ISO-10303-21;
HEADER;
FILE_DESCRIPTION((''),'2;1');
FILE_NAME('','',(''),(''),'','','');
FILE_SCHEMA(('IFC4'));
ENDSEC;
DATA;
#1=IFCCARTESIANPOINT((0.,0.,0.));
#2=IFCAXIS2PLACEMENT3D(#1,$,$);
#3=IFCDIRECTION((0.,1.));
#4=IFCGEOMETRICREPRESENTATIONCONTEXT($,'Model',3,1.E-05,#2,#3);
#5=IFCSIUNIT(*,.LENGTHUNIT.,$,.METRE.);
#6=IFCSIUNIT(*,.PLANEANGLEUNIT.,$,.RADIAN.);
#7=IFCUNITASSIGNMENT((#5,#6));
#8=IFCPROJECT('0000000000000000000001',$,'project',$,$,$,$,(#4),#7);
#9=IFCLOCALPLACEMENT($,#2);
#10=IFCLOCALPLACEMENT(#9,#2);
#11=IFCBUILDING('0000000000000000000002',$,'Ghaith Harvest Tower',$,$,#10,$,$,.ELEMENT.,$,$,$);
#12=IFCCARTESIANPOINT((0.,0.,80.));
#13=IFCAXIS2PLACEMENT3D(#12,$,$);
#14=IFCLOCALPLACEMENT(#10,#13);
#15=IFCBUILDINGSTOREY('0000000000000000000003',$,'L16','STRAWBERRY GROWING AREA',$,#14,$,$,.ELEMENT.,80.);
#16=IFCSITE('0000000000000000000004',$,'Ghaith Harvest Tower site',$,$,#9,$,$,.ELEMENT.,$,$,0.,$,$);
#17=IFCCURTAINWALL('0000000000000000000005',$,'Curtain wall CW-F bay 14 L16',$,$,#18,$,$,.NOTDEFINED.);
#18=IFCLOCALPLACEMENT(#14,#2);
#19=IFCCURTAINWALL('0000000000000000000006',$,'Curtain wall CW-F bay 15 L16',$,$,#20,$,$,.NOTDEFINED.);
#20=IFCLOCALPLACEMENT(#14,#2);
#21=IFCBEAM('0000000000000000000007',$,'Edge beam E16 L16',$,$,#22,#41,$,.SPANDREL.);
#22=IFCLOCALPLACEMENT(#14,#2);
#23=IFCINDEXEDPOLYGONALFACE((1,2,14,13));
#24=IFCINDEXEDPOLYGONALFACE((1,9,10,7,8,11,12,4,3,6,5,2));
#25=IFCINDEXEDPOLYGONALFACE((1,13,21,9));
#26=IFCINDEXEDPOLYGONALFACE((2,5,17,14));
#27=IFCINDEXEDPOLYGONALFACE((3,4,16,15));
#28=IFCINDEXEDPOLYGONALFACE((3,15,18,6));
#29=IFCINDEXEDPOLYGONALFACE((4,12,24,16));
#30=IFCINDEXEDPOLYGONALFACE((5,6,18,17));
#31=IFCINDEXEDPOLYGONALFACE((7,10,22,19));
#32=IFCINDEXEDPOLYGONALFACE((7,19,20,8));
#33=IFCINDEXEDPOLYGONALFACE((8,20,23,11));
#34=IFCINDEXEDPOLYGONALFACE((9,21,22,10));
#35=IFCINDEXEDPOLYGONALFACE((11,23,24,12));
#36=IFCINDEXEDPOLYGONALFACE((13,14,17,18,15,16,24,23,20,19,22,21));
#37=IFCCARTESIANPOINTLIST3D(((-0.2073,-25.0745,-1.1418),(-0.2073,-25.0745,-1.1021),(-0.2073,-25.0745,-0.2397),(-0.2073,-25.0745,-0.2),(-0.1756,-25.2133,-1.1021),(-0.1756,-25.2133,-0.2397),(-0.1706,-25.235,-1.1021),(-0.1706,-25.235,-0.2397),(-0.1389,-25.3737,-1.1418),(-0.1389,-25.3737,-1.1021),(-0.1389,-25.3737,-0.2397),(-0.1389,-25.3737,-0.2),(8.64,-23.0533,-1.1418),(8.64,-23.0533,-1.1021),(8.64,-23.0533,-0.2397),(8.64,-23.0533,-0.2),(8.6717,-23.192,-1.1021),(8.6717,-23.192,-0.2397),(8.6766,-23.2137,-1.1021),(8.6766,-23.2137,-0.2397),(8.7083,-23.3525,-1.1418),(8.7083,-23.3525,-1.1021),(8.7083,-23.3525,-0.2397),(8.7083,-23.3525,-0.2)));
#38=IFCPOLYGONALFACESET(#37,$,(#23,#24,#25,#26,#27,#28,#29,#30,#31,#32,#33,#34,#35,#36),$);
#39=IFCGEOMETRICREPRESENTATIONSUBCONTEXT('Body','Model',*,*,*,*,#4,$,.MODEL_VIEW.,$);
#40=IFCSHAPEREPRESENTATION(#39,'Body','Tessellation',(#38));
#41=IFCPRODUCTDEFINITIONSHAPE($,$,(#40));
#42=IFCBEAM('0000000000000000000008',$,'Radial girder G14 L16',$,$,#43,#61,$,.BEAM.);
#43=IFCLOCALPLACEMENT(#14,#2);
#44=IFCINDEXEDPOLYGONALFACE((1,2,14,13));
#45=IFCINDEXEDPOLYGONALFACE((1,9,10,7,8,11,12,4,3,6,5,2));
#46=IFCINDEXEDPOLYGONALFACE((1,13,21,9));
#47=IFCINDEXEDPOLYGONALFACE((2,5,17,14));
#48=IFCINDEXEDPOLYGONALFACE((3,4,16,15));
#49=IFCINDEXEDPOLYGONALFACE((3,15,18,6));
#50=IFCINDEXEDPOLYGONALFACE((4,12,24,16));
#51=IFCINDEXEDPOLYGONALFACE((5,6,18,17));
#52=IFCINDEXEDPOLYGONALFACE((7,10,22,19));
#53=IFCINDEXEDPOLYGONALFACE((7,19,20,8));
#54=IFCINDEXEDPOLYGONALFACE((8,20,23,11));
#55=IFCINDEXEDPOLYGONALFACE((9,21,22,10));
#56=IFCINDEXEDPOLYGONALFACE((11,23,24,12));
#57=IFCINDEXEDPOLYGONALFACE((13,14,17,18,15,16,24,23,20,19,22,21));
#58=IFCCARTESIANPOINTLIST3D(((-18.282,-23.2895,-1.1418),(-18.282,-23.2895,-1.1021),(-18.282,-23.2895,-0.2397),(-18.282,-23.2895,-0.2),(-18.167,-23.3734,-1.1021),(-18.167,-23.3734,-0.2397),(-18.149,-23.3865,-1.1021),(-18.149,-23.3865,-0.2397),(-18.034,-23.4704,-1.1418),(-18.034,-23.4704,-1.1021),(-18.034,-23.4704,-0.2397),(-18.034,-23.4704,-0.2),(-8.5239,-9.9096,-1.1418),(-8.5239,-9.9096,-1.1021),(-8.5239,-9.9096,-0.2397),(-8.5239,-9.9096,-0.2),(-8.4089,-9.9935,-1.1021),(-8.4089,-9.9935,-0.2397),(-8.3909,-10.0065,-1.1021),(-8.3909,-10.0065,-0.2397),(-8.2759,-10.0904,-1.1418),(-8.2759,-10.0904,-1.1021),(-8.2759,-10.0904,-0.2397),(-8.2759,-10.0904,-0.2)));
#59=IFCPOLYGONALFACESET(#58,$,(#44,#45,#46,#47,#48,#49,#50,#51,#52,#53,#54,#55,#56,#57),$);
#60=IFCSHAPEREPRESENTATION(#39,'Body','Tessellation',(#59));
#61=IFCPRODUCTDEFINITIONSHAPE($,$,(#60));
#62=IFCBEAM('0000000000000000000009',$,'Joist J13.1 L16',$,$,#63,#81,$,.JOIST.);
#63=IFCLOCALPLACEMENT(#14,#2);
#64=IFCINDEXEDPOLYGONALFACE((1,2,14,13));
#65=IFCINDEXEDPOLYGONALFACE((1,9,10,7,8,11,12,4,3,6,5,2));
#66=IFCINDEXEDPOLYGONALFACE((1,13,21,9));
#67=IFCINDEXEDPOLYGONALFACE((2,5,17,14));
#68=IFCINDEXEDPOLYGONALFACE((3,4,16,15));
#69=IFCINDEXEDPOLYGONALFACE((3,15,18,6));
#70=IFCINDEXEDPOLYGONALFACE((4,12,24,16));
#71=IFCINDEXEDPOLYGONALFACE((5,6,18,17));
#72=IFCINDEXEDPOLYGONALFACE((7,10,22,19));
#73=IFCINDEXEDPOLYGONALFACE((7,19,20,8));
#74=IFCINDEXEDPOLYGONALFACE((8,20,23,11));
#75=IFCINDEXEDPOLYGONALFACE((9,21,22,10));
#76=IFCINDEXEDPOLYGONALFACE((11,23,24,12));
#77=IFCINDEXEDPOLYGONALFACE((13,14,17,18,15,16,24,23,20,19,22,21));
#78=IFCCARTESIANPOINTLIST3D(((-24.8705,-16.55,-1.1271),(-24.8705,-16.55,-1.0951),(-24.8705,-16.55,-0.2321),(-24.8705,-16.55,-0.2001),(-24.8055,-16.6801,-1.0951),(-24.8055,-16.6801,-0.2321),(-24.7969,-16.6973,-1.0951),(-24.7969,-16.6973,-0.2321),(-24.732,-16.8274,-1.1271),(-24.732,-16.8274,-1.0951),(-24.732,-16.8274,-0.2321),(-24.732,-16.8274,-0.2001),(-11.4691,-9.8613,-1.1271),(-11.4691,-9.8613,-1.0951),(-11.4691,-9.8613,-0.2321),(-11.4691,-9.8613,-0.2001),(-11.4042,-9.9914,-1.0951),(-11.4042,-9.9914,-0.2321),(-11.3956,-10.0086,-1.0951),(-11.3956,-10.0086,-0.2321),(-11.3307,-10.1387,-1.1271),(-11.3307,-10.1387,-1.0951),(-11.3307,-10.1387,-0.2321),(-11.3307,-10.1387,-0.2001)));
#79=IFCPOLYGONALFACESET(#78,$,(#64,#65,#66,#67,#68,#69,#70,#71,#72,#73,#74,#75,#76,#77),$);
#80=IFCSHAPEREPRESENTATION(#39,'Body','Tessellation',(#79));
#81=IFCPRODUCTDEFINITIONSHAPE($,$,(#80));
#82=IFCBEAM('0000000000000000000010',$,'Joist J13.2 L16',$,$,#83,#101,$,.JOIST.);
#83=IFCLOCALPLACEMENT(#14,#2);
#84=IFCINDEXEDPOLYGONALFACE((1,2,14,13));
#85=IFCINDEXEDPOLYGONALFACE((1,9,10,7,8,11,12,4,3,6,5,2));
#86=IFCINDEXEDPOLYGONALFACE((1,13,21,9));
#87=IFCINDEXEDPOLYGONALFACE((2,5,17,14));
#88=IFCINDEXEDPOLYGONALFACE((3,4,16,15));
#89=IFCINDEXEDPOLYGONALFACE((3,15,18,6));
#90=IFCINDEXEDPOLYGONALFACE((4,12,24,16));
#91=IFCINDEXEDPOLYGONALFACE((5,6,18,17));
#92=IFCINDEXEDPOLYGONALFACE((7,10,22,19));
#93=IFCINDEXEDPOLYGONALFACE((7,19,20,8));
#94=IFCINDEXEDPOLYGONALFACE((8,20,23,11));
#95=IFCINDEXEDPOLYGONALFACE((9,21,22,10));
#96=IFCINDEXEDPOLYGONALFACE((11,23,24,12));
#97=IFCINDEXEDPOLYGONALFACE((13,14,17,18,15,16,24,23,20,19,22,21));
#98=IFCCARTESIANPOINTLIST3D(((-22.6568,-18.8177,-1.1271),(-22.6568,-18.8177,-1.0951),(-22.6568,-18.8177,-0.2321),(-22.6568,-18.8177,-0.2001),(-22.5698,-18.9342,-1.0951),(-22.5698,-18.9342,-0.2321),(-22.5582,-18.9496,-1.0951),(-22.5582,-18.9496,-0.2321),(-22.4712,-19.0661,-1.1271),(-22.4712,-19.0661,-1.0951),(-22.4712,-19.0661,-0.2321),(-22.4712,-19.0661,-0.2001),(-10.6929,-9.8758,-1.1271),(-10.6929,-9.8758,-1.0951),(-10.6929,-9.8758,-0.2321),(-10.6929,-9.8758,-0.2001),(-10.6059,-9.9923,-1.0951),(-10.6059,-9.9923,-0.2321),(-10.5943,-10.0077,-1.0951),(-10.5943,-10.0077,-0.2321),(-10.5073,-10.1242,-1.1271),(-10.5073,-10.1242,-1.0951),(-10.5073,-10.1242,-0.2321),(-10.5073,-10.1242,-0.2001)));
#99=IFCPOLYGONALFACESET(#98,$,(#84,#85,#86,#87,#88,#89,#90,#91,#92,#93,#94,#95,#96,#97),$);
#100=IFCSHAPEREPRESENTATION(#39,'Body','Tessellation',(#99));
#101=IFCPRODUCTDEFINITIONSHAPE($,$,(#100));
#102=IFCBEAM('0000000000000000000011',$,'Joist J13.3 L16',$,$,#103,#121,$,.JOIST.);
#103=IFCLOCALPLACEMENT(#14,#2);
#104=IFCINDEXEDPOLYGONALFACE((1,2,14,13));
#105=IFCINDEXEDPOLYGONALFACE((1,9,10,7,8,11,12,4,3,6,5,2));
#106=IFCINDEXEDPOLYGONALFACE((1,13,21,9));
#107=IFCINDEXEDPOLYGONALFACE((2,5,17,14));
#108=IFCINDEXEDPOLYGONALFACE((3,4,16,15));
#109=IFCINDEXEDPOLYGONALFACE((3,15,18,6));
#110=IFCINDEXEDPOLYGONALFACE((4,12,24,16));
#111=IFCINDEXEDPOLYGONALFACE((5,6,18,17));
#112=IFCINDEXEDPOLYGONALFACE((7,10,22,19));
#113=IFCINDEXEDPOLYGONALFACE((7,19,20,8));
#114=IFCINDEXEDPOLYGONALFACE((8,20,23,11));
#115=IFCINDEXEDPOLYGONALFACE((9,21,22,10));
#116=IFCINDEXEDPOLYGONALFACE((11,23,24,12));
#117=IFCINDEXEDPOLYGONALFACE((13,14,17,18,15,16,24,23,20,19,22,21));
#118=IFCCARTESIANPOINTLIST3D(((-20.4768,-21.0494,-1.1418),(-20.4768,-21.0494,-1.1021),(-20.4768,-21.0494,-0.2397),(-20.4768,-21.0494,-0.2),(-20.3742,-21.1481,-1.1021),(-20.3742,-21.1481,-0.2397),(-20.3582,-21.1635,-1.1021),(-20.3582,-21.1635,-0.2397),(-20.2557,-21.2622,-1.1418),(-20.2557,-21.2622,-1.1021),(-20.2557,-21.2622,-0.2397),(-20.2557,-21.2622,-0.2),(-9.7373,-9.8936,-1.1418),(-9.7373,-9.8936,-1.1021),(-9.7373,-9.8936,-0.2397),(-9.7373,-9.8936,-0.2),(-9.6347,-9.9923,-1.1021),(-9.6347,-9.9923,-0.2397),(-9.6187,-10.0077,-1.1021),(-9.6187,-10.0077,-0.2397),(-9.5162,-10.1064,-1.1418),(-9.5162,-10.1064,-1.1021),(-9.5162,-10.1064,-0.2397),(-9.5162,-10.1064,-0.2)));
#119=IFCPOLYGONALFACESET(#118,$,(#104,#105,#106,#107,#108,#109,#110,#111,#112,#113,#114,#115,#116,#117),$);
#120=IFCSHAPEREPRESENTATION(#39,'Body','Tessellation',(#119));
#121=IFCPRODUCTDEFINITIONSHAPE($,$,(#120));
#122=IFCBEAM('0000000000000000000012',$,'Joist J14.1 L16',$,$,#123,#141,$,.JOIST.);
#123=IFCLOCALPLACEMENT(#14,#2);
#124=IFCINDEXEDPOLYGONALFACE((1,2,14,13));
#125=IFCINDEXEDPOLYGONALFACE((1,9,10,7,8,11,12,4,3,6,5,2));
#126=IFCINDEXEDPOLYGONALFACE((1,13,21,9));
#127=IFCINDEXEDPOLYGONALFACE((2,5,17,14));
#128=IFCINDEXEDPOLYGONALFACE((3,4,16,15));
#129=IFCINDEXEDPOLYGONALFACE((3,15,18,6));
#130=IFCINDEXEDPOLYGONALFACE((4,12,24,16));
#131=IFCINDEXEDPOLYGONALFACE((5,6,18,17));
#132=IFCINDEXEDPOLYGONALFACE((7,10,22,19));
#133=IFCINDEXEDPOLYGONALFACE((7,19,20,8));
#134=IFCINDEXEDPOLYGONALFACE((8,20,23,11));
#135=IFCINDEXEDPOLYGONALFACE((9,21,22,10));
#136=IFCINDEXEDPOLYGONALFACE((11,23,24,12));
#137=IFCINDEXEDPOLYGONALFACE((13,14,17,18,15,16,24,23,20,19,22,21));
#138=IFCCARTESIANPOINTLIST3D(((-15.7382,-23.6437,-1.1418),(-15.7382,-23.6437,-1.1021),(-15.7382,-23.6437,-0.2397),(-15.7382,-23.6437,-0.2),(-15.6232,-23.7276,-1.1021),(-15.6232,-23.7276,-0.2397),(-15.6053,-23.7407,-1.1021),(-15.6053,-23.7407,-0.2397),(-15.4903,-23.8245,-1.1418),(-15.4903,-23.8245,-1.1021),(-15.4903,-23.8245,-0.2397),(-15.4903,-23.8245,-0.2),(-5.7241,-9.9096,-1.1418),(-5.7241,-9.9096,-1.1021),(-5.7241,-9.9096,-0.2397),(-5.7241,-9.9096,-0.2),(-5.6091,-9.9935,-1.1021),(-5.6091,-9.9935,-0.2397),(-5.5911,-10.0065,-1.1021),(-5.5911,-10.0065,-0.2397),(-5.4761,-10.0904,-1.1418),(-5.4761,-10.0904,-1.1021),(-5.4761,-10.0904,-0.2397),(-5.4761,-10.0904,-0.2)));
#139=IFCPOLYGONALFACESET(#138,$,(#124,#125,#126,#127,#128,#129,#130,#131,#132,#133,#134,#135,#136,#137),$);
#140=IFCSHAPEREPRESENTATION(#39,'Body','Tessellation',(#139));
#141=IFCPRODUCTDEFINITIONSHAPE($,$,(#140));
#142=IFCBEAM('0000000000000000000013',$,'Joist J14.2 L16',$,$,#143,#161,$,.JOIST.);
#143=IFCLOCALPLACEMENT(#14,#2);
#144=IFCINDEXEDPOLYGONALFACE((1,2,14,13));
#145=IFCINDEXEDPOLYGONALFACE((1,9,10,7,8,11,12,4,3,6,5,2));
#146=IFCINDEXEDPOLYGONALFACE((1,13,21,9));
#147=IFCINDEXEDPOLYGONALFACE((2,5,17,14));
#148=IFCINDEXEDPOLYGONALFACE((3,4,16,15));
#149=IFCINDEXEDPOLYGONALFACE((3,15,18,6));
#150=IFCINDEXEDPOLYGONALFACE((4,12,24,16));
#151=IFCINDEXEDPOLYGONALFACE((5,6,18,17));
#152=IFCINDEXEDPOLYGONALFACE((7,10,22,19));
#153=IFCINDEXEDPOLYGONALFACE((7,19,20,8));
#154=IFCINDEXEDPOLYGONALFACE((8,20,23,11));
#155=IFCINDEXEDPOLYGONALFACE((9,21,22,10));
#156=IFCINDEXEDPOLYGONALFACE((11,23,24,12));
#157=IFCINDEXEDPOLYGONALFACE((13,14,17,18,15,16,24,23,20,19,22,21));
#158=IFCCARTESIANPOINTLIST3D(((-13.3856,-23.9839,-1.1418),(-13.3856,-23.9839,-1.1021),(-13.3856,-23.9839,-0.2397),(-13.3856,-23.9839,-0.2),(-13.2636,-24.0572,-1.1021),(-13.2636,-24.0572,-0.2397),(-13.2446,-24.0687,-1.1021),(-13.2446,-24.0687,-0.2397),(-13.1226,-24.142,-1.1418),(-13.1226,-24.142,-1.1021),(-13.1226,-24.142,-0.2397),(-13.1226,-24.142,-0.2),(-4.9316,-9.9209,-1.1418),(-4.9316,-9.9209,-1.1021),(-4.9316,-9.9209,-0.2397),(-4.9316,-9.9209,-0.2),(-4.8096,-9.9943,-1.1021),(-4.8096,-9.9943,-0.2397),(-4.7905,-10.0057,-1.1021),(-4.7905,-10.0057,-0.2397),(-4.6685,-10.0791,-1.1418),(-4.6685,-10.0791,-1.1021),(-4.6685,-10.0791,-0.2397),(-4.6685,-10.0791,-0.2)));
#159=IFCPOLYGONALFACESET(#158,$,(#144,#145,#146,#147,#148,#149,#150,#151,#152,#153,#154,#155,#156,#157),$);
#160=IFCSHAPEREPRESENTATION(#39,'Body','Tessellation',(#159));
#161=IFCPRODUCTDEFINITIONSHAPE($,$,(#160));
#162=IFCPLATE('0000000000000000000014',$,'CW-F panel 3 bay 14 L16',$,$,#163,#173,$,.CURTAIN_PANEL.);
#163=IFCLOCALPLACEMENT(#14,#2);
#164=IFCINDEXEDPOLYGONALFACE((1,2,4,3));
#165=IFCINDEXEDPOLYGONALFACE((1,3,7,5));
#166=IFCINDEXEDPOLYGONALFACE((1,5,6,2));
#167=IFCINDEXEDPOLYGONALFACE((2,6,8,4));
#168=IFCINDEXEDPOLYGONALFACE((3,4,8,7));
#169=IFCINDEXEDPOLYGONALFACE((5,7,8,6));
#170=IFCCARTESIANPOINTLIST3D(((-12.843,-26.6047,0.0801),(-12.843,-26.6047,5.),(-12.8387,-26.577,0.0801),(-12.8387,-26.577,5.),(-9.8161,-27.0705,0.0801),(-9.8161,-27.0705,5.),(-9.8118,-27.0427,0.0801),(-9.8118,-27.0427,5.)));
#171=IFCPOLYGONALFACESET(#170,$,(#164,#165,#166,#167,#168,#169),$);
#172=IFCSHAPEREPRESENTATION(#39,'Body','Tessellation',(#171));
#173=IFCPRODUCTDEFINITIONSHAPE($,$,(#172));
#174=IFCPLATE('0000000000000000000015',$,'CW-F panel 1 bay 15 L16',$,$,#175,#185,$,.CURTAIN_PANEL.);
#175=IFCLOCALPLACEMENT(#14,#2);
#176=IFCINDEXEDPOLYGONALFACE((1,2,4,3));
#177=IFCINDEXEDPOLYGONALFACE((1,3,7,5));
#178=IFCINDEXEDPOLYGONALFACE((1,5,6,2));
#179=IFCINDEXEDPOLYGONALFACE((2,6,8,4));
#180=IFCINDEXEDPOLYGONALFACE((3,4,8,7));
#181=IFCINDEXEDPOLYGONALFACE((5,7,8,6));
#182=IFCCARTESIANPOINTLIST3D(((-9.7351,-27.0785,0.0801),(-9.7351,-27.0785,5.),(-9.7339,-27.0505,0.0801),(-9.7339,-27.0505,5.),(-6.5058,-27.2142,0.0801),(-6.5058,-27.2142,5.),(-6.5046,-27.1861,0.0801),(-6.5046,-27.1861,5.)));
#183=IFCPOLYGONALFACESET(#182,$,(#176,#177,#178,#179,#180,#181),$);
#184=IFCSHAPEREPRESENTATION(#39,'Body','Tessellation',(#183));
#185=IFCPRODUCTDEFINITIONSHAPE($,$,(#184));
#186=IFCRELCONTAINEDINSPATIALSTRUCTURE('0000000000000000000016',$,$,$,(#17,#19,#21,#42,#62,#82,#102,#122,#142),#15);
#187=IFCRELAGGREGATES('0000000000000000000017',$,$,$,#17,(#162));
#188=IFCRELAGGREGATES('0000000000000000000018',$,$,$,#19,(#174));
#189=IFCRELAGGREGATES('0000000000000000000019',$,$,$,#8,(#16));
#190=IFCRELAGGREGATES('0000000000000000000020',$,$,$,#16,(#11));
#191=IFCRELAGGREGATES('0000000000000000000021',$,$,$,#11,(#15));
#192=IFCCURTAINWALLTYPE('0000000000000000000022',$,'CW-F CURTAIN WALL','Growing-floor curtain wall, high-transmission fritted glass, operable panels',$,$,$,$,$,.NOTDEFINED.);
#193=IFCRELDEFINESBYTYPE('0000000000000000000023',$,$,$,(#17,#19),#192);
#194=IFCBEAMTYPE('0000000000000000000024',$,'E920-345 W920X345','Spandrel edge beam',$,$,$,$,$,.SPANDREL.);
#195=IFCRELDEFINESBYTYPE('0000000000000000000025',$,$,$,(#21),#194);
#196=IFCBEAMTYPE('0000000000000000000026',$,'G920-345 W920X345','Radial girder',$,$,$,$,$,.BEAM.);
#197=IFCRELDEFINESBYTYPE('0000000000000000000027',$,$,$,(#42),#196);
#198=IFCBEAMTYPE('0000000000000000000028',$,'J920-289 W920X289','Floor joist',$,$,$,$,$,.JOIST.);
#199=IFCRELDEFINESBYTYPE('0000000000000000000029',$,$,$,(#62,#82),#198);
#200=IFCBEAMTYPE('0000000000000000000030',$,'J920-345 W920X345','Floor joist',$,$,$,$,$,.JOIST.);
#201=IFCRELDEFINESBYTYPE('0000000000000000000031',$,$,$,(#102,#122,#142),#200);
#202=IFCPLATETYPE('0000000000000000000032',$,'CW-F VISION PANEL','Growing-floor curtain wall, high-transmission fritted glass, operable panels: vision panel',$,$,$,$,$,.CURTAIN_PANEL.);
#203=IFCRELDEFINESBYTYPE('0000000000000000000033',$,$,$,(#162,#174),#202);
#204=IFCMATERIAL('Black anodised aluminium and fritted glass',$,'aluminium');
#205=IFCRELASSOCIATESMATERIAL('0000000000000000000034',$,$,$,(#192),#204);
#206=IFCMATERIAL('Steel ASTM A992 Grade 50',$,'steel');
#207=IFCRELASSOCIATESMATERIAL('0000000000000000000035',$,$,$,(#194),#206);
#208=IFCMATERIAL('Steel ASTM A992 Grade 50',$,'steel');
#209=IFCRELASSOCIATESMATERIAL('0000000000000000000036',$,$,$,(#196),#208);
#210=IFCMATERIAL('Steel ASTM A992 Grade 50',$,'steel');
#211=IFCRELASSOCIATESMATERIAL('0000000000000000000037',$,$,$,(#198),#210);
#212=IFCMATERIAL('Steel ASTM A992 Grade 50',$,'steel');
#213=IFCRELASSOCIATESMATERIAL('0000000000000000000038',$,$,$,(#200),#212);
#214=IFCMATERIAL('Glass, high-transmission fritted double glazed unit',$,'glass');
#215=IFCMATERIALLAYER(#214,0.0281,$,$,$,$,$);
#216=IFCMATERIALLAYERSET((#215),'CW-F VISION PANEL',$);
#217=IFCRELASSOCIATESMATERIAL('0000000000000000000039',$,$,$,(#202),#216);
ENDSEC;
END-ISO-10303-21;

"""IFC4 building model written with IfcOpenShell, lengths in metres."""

from ifc_helpers import new_model, si_unit, direction, frame, origin, origin_2d, place, context, subcontext, project, spatial, rectangle, i_section, extrude, material, layer, layer_set, material_profile, profile_set, type_object, element, aggregate, save


model = new_model("IFC4")

# Units and contexts
model_context = context("Model", 3, precision=1e-05, world=origin(), true_north=direction((0.0, 1.0)))
body_context = subcontext(model_context, "Body", "Model", "MODEL_VIEW")
ifc_project = project(units=[si_unit("LENGTHUNIT", "METRE"), si_unit("PLANEANGLEUNIT", "RADIAN")], contexts=[model_context])

# Site, building, storey
site_placement = place(None, origin())
site = spatial("IfcSite", under=ifc_project, at=site_placement, Name="Ghaith Harvest Tower site", CompositionType="ELEMENT", RefElevation=0.0)
building_placement = place(site_placement, origin())
building = spatial("IfcBuilding", under=site, at=building_placement, Name="Ghaith Harvest Tower", CompositionType="ELEMENT")
storey_placement = place(building_placement, frame((0.0, 0.0, 80.0)))
storey = spatial("IfcBuildingStorey", under=building, at=storey_placement, Name="L16", Description="STRAWBERRY GROWING AREA", CompositionType="ELEMENT", Elevation=80.0)

# Curtain wall
ifc_material_1 = material(Name="Black anodised aluminium and fritted glass", Category="aluminium")
curtain_wall_type = type_object("IfcCurtainWallType", Name="CW-F CURTAIN WALL", Description="Growing-floor curtain wall, high-transmission fritted glass, operable panels", PredefinedType="NOTDEFINED", material=ifc_material_1)
curtain_wall_1_placement = place(storey_placement, origin())
curtain_wall_1 = element("IfcCurtainWall", 1, at=curtain_wall_1_placement, inside=storey, type_object=curtain_wall_type, Name="Curtain wall CW-F bay 14 L16", PredefinedType="NOTDEFINED")

# Curtain wall
curtain_wall_2_placement = place(storey_placement, origin())
curtain_wall_2 = element("IfcCurtainWall", 2, at=curtain_wall_2_placement, inside=storey, type_object=curtain_wall_type, Name="Curtain wall CW-F bay 15 L16", PredefinedType="NOTDEFINED")

# Beams
ifc_material_2 = material(Name="Steel ASTM A992 Grade 50", Category="steel")
ifc_material_profile_1 = material_profile(ifc_material_2, i_section(OverallWidth=0.3069, OverallDepth=0.9419, WebThickness=0.0222, FlangeThickness=0.0398, at=origin_2d()), Name="W920X345")
ifc_profile_set_1 = profile_set([ifc_material_profile_1], Name="Steel ASTM A992 Grade 50")
beam_type_1 = type_object("IfcBeamType", Name="E920-345 W920X345", Description="Spandrel edge beam", PredefinedType="SPANDREL", material=ifc_profile_set_1)
beam_1_placement = place(storey_placement, frame((-0.1731, -25.2241, -0.6709), z_axis=(0.974882, 0.222723, 0.0), x_axis=(-0.222723, 0.974882, 0.0)))
element("IfcBeam", 3, at=beam_1_placement, inside=storey, type_object=beam_type_1, Name="Edge beam E16 L16", PredefinedType="SPANDREL", context=body_context, shape_type="SweptSolid", body=[
    extrude(i_section(OverallWidth=0.3069, OverallDepth=0.9419, WebThickness=0.0222, FlangeThickness=0.0398, at=origin_2d()), origin(), (0.0, 0.0, 1.0), 9.0752),
])
ifc_material_3 = material(Name="Steel ASTM A992 Grade 50", Category="steel")
ifc_material_profile_2 = material_profile(ifc_material_3, i_section(OverallWidth=0.3069, OverallDepth=0.9419, WebThickness=0.0222, FlangeThickness=0.0398, at=origin_2d()), Name="W920X345")
ifc_profile_set_2 = profile_set([ifc_material_profile_2], Name="Steel ASTM A992 Grade 50")
beam_type_2 = type_object("IfcBeamType", Name="G920-345 W920X345", Description="Radial girder", PredefinedType="BEAM", material=ifc_profile_set_2)
beam_2_placement = place(storey_placement, frame((-8.3999, -10.0, -0.6709), z_axis=(-0.589247, -0.807953, 0.0), x_axis=(0.807953, -0.589247, 0.0)))
element("IfcBeam", 4, at=beam_2_placement, inside=storey, type_object=beam_type_2, Name="Radial girder G14 L16", PredefinedType="BEAM", context=body_context, shape_type="SweptSolid", body=[
    extrude(i_section(OverallWidth=0.3069, OverallDepth=0.9419, WebThickness=0.0222, FlangeThickness=0.0398, at=origin_2d()), origin(), (0.0, 0.0, 1.0), 16.5603),
])
ifc_material_4 = material(Name="Steel ASTM A992 Grade 50", Category="steel")
ifc_material_profile_3 = material_profile(ifc_material_4, i_section(OverallWidth=0.3101, OverallDepth=0.927, WebThickness=0.0193, FlangeThickness=0.032, at=origin_2d()), Name="W920X289")
ifc_profile_set_3 = profile_set([ifc_material_profile_3], Name="Steel ASTM A992 Grade 50")
beam_type_3 = type_object("IfcBeamType", Name="J920-289 W920X289", Description="Floor joist", PredefinedType="JOIST", material=ifc_profile_set_3)
beam_3_placement = place(storey_placement, frame((-11.3999, -10.0, -0.6636), z_axis=(-0.894746, -0.446575, 0.0), x_axis=(0.446575, -0.894746, 0.0)))
element("IfcBeam", 5, at=beam_3_placement, inside=storey, type_object=beam_type_3, Name="Joist J13.1 L16", PredefinedType="JOIST", context=body_context, shape_type="SweptSolid", body=[
    extrude(i_section(OverallWidth=0.3101, OverallDepth=0.927, WebThickness=0.0193, FlangeThickness=0.032, at=origin_2d()), origin(), (0.0, 0.0, 1.0), 14.9778),
])
beam_4_placement = place(storey_placement, frame((-10.6001, -10.0, -0.6636), z_axis=(-0.800995, -0.598671, 0.0), x_axis=(0.598671, -0.800995, 0.0)))
element("IfcBeam", 6, at=beam_4_placement, inside=storey, type_object=beam_type_3, Name="Joist J13.2 L16", PredefinedType="JOIST", context=body_context, shape_type="SweptSolid", body=[
    extrude(i_section(OverallWidth=0.3101, OverallDepth=0.927, WebThickness=0.0193, FlangeThickness=0.032, at=origin_2d()), origin(), (0.0, 0.0, 1.0), 14.9363),
])
ifc_material_5 = material(Name="Steel ASTM A992 Grade 50", Category="steel")
ifc_material_profile_4 = material_profile(ifc_material_5, i_section(OverallWidth=0.3069, OverallDepth=0.9419, WebThickness=0.0222, FlangeThickness=0.0398, at=origin_2d()), Name="W920X345")
ifc_profile_set_4 = profile_set([ifc_material_profile_4], Name="Steel ASTM A992 Grade 50")
beam_type_4 = type_object("IfcBeamType", Name="J920-345 W920X345", Description="Floor joist", PredefinedType="JOIST", material=ifc_profile_set_4)
beam_5_placement = place(storey_placement, frame((-9.6267, -10.0, -0.6709), z_axis=(-0.693538, -0.72042, 0.0), x_axis=(0.72042, -0.693538, 0.0)))
element("IfcBeam", 7, at=beam_5_placement, inside=storey, type_object=beam_type_4, Name="Joist J13.3 L16", PredefinedType="JOIST", context=body_context, shape_type="SweptSolid", body=[
    extrude(i_section(OverallWidth=0.3069, OverallDepth=0.9419, WebThickness=0.0222, FlangeThickness=0.0398, at=origin_2d()), origin(), (0.0, 0.0, 1.0), 15.4851),
])
beam_6_placement = place(storey_placement, frame((-5.6001, -10.0, -0.6709), z_axis=(-0.58916, -0.808016, 0.0), x_axis=(0.808016, -0.58916, 0.0)))
element("IfcBeam", 8, at=beam_6_placement, inside=storey, type_object=beam_type_4, Name="Joist J14.1 L16", PredefinedType="JOIST", context=body_context, shape_type="SweptSolid", body=[
    extrude(i_section(OverallWidth=0.3069, OverallDepth=0.9419, WebThickness=0.0222, FlangeThickness=0.0398, at=origin_2d()), origin(), (0.0, 0.0, 1.0), 16.9973),
])
beam_7_placement = place(storey_placement, frame((-4.8, -10.0, -0.6709), z_axis=(-0.515226, -0.857054, 0.0), x_axis=(0.857054, -0.515226, 0.0)))
element("IfcBeam", 9, at=beam_7_placement, inside=storey, type_object=beam_type_4, Name="Joist J14.2 L16", PredefinedType="JOIST", context=body_context, shape_type="SweptSolid", body=[
    extrude(i_section(OverallWidth=0.3069, OverallDepth=0.9419, WebThickness=0.0222, FlangeThickness=0.0398, at=origin_2d()), origin(), (0.0, 0.0, 1.0), 16.4084),
])

# Plates
ifc_material_6 = material(Name="Glass, high-transmission fritted double glazed unit", Category="glass")
ifc_layer_1 = layer(ifc_material_6, 0.0281)
ifc_layer_set_1 = layer_set([ifc_layer_1], Name="CW-F VISION PANEL")
plate_type = type_object("IfcPlateType", Name="CW-F VISION PANEL", Description="Growing-floor curtain wall, high-transmission fritted glass, operable panels: vision panel", PredefinedType="CURTAIN_PANEL", material=ifc_layer_set_1)
plate_1_placement = place(storey_placement, frame((-11.3274, -26.8237, 0.0801), z_axis=(0.0, 0.0, 1.0), x_axis=(0.98837, -0.152069, 0.0)))
plate_1 = element("IfcPlate", 10, at=plate_1_placement, type_object=plate_type, Name="CW-F panel 3 bay 14 L16", PredefinedType="CURTAIN_PANEL", context=body_context, shape_type="SweptSolid", body=[
    extrude(rectangle(XDim=3.0625, YDim=0.0281, at=origin_2d()), origin(), (0.0, 0.0, 1.0), 4.9199),
])
aggregate(curtain_wall_1, [plate_1])
plate_2_placement = place(storey_placement, frame((-8.1199, -27.1323, 0.0801), z_axis=(0.0, 0.0, 1.0), x_axis=(0.999119, -0.041967, 0.0)))
plate_2 = element("IfcPlate", 11, at=plate_2_placement, type_object=plate_type, Name="CW-F panel 1 bay 15 L16", PredefinedType="CURTAIN_PANEL", context=body_context, shape_type="SweptSolid", body=[
    extrude(rectangle(XDim=3.2322, YDim=0.0281, at=origin_2d()), origin(), (0.0, 0.0, 1.0), 4.9199),
])
aggregate(curtain_wall_2, [plate_2])

save(model, "model.ifc")
